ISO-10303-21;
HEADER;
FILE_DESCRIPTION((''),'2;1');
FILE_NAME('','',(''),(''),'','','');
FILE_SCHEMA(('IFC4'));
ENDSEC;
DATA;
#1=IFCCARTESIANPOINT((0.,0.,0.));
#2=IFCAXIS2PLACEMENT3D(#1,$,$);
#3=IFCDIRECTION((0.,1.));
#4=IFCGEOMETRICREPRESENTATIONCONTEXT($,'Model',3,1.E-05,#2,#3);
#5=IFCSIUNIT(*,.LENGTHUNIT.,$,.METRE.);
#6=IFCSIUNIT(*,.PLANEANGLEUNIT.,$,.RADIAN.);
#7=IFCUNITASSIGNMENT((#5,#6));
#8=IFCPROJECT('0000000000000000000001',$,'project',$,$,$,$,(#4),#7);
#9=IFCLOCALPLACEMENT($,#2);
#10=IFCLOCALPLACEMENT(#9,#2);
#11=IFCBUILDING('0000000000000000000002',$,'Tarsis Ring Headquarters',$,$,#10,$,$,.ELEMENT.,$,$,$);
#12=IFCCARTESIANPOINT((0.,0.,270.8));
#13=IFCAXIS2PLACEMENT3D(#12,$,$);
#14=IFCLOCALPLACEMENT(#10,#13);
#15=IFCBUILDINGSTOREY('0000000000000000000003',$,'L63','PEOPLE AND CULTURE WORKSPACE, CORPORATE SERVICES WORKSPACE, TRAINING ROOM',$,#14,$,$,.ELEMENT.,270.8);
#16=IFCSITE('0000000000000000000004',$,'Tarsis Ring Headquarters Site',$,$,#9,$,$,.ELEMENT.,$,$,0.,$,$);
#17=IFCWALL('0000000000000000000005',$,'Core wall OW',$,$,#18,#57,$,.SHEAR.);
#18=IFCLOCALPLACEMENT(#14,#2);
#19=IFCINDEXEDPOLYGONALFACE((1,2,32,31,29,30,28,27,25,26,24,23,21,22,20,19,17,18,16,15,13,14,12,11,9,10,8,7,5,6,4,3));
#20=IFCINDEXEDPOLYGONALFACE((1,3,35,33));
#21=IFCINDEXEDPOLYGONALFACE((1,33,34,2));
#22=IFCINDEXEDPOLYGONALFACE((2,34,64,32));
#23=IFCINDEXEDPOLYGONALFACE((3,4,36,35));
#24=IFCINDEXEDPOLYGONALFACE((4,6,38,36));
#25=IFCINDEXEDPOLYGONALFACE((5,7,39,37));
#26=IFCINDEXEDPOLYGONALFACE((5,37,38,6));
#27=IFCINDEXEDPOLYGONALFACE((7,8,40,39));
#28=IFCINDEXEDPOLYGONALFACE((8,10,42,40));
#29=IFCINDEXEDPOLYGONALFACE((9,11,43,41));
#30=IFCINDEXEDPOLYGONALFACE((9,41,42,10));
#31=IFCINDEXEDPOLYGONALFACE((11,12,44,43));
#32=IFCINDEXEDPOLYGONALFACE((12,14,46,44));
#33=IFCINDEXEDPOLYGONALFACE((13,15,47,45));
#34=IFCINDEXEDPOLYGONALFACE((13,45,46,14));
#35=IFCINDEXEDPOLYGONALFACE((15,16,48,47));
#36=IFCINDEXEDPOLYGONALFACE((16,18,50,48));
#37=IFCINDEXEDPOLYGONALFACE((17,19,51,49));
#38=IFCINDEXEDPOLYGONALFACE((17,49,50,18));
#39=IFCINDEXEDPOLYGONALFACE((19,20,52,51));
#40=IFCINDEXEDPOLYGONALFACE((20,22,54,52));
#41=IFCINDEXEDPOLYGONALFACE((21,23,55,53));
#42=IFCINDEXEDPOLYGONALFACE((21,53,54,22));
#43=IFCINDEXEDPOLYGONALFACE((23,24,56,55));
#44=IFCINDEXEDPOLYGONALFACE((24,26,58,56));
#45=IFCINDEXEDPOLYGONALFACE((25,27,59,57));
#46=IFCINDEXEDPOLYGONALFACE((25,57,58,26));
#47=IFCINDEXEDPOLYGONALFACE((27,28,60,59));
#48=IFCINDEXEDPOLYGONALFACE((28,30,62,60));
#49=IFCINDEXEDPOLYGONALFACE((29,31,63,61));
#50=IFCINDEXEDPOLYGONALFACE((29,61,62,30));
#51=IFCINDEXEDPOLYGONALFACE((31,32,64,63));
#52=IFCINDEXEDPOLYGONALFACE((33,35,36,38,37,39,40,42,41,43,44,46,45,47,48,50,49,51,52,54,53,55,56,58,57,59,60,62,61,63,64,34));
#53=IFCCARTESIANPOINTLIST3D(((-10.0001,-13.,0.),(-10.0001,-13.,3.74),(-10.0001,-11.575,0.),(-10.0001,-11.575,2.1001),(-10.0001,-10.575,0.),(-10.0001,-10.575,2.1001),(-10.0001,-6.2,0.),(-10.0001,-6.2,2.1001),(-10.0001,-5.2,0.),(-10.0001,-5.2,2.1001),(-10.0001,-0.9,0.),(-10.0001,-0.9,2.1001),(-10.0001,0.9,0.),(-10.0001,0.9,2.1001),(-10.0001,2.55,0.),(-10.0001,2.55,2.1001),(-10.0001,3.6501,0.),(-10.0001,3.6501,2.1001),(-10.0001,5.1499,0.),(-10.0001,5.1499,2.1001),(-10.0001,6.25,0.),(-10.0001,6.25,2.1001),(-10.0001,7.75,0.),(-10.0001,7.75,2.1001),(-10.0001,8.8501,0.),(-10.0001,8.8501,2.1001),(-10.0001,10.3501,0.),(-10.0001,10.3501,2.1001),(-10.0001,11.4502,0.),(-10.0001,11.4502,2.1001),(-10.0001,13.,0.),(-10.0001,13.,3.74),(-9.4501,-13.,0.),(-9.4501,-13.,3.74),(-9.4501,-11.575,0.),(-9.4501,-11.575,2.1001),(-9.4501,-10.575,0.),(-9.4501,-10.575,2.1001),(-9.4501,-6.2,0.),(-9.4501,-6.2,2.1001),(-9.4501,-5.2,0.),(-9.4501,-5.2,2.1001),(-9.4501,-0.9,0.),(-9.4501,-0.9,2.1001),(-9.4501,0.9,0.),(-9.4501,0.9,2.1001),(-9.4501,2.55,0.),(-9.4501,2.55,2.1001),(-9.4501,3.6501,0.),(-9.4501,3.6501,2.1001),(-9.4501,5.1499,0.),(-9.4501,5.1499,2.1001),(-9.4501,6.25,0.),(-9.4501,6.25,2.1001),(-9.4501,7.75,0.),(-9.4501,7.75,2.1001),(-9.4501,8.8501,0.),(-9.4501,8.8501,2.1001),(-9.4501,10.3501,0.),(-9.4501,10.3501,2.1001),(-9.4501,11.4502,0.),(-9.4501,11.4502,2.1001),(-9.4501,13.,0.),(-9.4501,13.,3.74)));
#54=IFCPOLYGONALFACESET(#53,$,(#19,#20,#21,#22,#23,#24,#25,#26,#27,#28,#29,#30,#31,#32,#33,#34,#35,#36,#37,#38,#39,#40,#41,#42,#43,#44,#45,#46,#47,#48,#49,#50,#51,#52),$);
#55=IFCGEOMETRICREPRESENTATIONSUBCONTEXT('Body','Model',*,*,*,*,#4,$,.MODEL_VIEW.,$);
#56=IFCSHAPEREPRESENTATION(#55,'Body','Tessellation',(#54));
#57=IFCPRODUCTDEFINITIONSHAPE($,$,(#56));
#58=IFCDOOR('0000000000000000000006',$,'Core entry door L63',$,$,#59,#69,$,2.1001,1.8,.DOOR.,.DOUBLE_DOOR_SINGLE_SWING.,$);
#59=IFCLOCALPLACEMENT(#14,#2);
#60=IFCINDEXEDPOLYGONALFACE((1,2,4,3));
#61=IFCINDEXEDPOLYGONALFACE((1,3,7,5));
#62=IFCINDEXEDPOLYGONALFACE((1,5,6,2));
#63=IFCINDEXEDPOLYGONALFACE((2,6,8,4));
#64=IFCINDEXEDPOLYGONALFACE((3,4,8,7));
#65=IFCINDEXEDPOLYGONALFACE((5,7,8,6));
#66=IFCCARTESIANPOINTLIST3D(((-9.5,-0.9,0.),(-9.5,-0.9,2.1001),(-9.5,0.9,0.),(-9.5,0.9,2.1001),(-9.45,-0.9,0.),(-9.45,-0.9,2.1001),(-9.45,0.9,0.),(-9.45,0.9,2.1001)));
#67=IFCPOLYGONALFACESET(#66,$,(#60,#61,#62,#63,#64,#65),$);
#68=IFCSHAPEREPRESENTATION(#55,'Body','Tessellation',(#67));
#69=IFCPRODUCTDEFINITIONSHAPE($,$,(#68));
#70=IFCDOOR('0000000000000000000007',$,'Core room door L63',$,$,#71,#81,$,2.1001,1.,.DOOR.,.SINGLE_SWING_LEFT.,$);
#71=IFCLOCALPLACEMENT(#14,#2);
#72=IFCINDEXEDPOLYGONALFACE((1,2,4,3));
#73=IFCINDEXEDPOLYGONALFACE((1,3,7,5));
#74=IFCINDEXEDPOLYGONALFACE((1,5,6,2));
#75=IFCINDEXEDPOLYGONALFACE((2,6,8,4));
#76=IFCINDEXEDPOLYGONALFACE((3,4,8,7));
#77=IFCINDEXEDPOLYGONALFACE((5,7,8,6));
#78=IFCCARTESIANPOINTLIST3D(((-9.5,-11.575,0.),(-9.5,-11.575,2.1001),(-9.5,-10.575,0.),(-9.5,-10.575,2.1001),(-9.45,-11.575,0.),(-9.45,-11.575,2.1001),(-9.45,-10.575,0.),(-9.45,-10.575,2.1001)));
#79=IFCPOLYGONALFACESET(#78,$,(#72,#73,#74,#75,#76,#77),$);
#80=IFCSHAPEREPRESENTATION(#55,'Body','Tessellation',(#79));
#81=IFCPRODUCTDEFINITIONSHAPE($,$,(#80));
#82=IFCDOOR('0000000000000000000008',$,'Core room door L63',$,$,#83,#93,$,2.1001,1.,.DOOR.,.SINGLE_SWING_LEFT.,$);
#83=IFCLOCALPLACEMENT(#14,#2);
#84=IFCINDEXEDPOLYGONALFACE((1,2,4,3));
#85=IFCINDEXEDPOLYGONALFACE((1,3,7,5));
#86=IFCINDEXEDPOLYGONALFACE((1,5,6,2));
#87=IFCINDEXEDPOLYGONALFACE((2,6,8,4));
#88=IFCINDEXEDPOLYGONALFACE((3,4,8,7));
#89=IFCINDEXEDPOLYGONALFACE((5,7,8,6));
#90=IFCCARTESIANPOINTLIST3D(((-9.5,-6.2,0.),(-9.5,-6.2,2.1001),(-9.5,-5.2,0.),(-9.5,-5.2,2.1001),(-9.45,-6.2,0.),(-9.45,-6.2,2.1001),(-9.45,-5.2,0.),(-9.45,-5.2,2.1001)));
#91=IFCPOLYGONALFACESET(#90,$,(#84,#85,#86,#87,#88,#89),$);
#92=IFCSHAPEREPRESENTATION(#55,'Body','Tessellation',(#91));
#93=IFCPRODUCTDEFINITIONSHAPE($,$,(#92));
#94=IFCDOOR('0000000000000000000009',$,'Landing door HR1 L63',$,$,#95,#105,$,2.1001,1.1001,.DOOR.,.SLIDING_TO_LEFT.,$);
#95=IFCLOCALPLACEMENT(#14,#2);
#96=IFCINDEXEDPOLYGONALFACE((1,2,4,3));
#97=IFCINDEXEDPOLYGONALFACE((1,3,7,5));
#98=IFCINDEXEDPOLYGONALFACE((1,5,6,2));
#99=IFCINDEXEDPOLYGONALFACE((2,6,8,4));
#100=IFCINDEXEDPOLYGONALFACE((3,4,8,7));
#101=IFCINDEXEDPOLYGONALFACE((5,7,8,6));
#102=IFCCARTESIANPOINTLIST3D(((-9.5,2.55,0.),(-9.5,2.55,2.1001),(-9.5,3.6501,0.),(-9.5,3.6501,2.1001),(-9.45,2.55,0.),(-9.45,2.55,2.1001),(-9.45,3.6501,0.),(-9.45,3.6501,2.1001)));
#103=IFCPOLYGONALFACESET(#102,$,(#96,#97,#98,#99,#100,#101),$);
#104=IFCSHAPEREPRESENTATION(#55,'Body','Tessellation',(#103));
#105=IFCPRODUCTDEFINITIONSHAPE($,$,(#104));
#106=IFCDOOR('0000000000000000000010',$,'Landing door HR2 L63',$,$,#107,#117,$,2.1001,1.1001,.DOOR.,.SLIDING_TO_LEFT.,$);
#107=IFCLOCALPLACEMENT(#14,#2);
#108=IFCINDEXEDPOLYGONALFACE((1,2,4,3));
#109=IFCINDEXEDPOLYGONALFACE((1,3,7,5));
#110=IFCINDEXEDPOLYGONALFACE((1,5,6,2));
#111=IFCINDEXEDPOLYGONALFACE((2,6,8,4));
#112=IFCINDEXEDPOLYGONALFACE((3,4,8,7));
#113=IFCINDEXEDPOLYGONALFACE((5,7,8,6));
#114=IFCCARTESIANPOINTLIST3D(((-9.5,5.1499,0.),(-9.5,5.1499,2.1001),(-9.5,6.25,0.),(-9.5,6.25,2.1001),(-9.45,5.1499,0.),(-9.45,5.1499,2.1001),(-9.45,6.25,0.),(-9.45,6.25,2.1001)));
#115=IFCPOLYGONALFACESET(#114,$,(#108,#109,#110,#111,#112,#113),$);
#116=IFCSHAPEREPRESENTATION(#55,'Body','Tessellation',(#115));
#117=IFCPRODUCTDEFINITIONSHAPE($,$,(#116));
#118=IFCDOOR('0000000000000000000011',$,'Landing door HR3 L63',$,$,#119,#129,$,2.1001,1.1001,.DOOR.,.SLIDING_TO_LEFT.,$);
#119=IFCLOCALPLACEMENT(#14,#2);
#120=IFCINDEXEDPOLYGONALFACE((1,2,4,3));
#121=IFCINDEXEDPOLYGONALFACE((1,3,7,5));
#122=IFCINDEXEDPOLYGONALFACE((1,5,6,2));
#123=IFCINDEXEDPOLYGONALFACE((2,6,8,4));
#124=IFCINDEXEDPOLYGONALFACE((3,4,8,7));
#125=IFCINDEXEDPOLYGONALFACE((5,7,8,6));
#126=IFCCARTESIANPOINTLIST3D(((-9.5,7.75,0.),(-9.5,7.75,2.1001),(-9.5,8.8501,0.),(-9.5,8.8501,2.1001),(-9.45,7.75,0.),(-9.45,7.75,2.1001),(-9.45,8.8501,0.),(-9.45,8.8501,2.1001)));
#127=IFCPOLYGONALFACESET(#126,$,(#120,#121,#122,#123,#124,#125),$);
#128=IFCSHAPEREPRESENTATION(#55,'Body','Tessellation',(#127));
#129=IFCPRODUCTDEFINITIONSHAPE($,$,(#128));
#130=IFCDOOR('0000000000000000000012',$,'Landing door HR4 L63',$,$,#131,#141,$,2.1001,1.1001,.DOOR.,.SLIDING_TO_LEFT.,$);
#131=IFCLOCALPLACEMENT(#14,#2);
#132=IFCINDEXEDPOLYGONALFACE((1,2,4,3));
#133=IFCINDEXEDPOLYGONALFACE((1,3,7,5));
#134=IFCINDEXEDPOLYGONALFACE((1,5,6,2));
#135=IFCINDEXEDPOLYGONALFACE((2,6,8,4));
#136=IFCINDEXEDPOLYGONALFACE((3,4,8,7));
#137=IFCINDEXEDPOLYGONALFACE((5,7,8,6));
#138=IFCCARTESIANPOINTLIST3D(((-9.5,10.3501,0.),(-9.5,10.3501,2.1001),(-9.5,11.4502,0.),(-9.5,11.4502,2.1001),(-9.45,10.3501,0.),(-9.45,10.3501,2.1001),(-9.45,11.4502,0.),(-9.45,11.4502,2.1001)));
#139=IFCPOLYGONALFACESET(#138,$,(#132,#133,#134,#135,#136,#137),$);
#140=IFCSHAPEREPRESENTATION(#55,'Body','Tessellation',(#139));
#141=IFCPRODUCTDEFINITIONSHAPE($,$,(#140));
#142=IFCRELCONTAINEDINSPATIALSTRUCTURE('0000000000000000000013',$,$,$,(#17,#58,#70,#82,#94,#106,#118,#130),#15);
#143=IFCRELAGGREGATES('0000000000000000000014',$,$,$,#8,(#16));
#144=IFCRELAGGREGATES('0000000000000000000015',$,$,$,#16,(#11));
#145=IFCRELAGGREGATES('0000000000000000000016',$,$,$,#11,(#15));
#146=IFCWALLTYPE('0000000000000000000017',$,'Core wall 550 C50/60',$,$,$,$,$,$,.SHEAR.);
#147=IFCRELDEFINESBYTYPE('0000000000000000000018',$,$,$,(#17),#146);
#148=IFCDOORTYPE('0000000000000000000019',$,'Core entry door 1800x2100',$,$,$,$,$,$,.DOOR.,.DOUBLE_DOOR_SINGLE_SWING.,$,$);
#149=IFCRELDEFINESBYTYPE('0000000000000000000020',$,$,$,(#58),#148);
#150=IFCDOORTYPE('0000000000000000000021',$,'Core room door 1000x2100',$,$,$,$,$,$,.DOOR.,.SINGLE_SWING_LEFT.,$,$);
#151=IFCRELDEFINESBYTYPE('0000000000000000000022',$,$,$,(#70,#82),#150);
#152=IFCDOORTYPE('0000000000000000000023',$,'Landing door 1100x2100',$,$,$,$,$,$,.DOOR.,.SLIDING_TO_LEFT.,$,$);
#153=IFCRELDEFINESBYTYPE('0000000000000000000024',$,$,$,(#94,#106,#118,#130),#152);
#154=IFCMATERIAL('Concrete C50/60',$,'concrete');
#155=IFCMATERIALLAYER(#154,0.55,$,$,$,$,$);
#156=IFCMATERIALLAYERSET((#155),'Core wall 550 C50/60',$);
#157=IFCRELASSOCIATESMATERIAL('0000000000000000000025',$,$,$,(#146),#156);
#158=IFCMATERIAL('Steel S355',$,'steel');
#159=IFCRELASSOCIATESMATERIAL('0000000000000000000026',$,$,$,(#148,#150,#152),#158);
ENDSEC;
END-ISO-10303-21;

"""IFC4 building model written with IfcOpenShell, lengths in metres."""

from ifc_helpers import new_model, si_unit, direction, frame, frame_2d, origin, place, context, subcontext, project, spatial, rectangle, extrude, material, layer, layer_set, type_object, element, fill, save


model = new_model("IFC4")

# Units and contexts
model_context = context("Model", 3, precision=1e-05, world=origin(), true_north=direction((0.0, 1.0)))
body_context = subcontext(model_context, "Body", "Model", "MODEL_VIEW")
ifc_project = project(units=[si_unit("LENGTHUNIT", "METRE"), si_unit("PLANEANGLEUNIT", "RADIAN")], contexts=[model_context])

# Site, building, storey
site_placement = place(None, origin())
site = spatial("IfcSite", under=ifc_project, at=site_placement, Name="Tarsis Ring Headquarters Site", CompositionType="ELEMENT", RefElevation=0.0)
building_placement = place(site_placement, origin())
building = spatial("IfcBuilding", under=site, at=building_placement, Name="Tarsis Ring Headquarters", CompositionType="ELEMENT")
storey_placement = place(building_placement, frame((0.0, 0.0, 270.8)))
storey = spatial("IfcBuildingStorey", under=building, at=storey_placement, Name="L63", Description="PEOPLE AND CULTURE WORKSPACE, CORPORATE SERVICES WORKSPACE, TRAINING ROOM", CompositionType="ELEMENT", Elevation=270.8)

# Wall, openings, doors
ifc_material_1 = material(Name="Concrete C50/60", Category="concrete")
ifc_layer_1 = layer(ifc_material_1, 0.55)
ifc_layer_set_1 = layer_set([ifc_layer_1], Name="Core wall 550 C50/60")
wall_type_1 = type_object("IfcWallType", Name="Core wall 550 C50/60", PredefinedType="SHEAR", material=ifc_layer_set_1)
wall_1_placement = place(storey_placement, frame((-9.7251, -13.0, 0.0), z_axis=(0.0, 0.0, 1.0), x_axis=(0.0, 1.0, 0.0)))
wall_1 = element("IfcWall", 1, at=wall_1_placement, inside=storey, type_object=wall_type_1, Name="Core wall OW", PredefinedType="SHEAR", context=body_context, shape_type="SweptSolid", body=[
    extrude(rectangle(XDim=26.0, YDim=0.55, at=frame_2d((13.0, 0.0))), origin(), (0.0, 0.0, 1.0), 3.74),
])
opening_1_placement = place(wall_1_placement, frame((1.425, 0.0, 0.0)))
opening_1 = element("IfcOpeningElement", 2, at=opening_1_placement, cuts=wall_1, PredefinedType="OPENING", context=body_context, shape_type="SweptSolid", body=[
    extrude(rectangle(XDim=1.0, YDim=2.1001, at=frame_2d((0.5, 1.05))), frame((0.0, 0.2849, 0.0), z_axis=(0.0, -1.0, 0.0), x_axis=(1.0, 0.0, 0.0)), (0.0, 0.0, 1.0), 0.5701),
])
opening_2_placement = place(wall_1_placement, frame((6.8, 0.0, 0.0)))
opening_2 = element("IfcOpeningElement", 3, at=opening_2_placement, cuts=wall_1, PredefinedType="OPENING", context=body_context, shape_type="SweptSolid", body=[
    extrude(rectangle(XDim=1.0, YDim=2.1001, at=frame_2d((0.5, 1.05))), frame((0.0, 0.2849, 0.0), z_axis=(0.0, -1.0, 0.0), x_axis=(1.0, 0.0, 0.0)), (0.0, 0.0, 1.0), 0.5701),
])
opening_3_placement = place(wall_1_placement, frame((12.1001, 0.0, 0.0)))
opening_3 = element("IfcOpeningElement", 4, at=opening_3_placement, cuts=wall_1, PredefinedType="OPENING", context=body_context, shape_type="SweptSolid", body=[
    extrude(rectangle(XDim=1.8, YDim=2.1001, at=frame_2d((0.8999, 1.05))), frame((0.0, 0.2849, 0.0), z_axis=(0.0, -1.0, 0.0), x_axis=(1.0, 0.0, 0.0)), (0.0, 0.0, 1.0), 0.5701),
])
opening_4_placement = place(wall_1_placement, frame((15.55, 0.0, 0.0)))
opening_4 = element("IfcOpeningElement", 5, at=opening_4_placement, cuts=wall_1, PredefinedType="OPENING", context=body_context, shape_type="SweptSolid", body=[
    extrude(rectangle(XDim=1.1001, YDim=2.1001, at=frame_2d((0.55, 1.05))), frame((0.0, 0.2849, 0.0), z_axis=(0.0, -1.0, 0.0), x_axis=(1.0, 0.0, 0.0)), (0.0, 0.0, 1.0), 0.5701),
])
opening_5_placement = place(wall_1_placement, frame((18.1499, 0.0, 0.0)))
opening_5 = element("IfcOpeningElement", 6, at=opening_5_placement, cuts=wall_1, PredefinedType="OPENING", context=body_context, shape_type="SweptSolid", body=[
    extrude(rectangle(XDim=1.1001, YDim=2.1001, at=frame_2d((0.55, 1.05))), frame((0.0, 0.2849, 0.0), z_axis=(0.0, -1.0, 0.0), x_axis=(1.0, 0.0, 0.0)), (0.0, 0.0, 1.0), 0.5701),
])
opening_6_placement = place(wall_1_placement, frame((20.75, 0.0, 0.0)))
opening_6 = element("IfcOpeningElement", 7, at=opening_6_placement, cuts=wall_1, PredefinedType="OPENING", context=body_context, shape_type="SweptSolid", body=[
    extrude(rectangle(XDim=1.1001, YDim=2.1001, at=frame_2d((0.55, 1.05))), frame((0.0, 0.2849, 0.0), z_axis=(0.0, -1.0, 0.0), x_axis=(1.0, 0.0, 0.0)), (0.0, 0.0, 1.0), 0.5701),
])
opening_7_placement = place(wall_1_placement, frame((23.3501, 0.0, 0.0)))
opening_7 = element("IfcOpeningElement", 8, at=opening_7_placement, cuts=wall_1, PredefinedType="OPENING", context=body_context, shape_type="SweptSolid", body=[
    extrude(rectangle(XDim=1.1001, YDim=2.1001, at=frame_2d((0.55, 1.05))), frame((0.0, 0.2849, 0.0), z_axis=(0.0, -1.0, 0.0), x_axis=(1.0, 0.0, 0.0)), (0.0, 0.0, 1.0), 0.5701),
])
ifc_material_2 = material(Name="Steel S355", Category="steel")
door_type_1 = type_object("IfcDoorType", Name="Core entry door 1800x2100", OperationType="DOUBLE_DOOR_SINGLE_SWING", PredefinedType="DOOR", material=ifc_material_2)
door_1_placement = place(opening_3_placement, origin())
door_1 = element("IfcDoor", 9, at=door_1_placement, inside=storey, type_object=door_type_1, Name="Core entry door L63", OperationType="DOUBLE_DOOR_SINGLE_SWING", OverallHeight=2.1001, OverallWidth=1.8, PredefinedType="DOOR", context=body_context, shape_type="SweptSolid", body=[
    extrude(rectangle(XDim=1.8, YDim=2.1001, at=frame_2d((0.8999, 1.05))), frame((0.0, -0.2251, 0.0), z_axis=(0.0, -1.0, 0.0), x_axis=(1.0, 0.0, 0.0)), (0.0, 0.0, 1.0), 0.05),
])
fill(opening_3, door_1)
door_type_2 = type_object("IfcDoorType", Name="Core room door 1000x2100", OperationType="SINGLE_SWING_LEFT", PredefinedType="DOOR", material=ifc_material_2)
door_2_placement = place(opening_1_placement, origin())
door_2 = element("IfcDoor", 10, at=door_2_placement, inside=storey, type_object=door_type_2, Name="Core room door L63", OperationType="SINGLE_SWING_LEFT", OverallHeight=2.1001, OverallWidth=1.0, PredefinedType="DOOR", context=body_context, shape_type="SweptSolid", body=[
    extrude(rectangle(XDim=1.0, YDim=2.1001, at=frame_2d((0.5, 1.05))), frame((0.0, -0.2251, 0.0), z_axis=(0.0, -1.0, 0.0), x_axis=(1.0, 0.0, 0.0)), (0.0, 0.0, 1.0), 0.05),
])
fill(opening_1, door_2)
door_3_placement = place(opening_2_placement, origin())
door_3 = element("IfcDoor", 11, at=door_3_placement, inside=storey, type_object=door_type_2, Name="Core room door L63", OperationType="SINGLE_SWING_LEFT", OverallHeight=2.1001, OverallWidth=1.0, PredefinedType="DOOR", context=body_context, shape_type="SweptSolid", body=[
    extrude(rectangle(XDim=1.0, YDim=2.1001, at=frame_2d((0.5, 1.05))), frame((0.0, -0.2251, 0.0), z_axis=(0.0, -1.0, 0.0), x_axis=(1.0, 0.0, 0.0)), (0.0, 0.0, 1.0), 0.05),
])
fill(opening_2, door_3)
door_type_3 = type_object("IfcDoorType", Name="Landing door 1100x2100", OperationType="SLIDING_TO_LEFT", PredefinedType="DOOR", material=ifc_material_2)
door_4_placement = place(opening_4_placement, origin())
door_4 = element("IfcDoor", 12, at=door_4_placement, inside=storey, type_object=door_type_3, Name="Landing door HR1 L63", OperationType="SLIDING_TO_LEFT", OverallHeight=2.1001, OverallWidth=1.1001, PredefinedType="DOOR", context=body_context, shape_type="SweptSolid", body=[
    extrude(rectangle(XDim=1.1001, YDim=2.1001, at=frame_2d((0.55, 1.05))), frame((0.0, -0.2251, 0.0), z_axis=(0.0, -1.0, 0.0), x_axis=(1.0, 0.0, 0.0)), (0.0, 0.0, 1.0), 0.05),
])
fill(opening_4, door_4)
door_5_placement = place(opening_5_placement, origin())
door_5 = element("IfcDoor", 13, at=door_5_placement, inside=storey, type_object=door_type_3, Name="Landing door HR2 L63", OperationType="SLIDING_TO_LEFT", OverallHeight=2.1001, OverallWidth=1.1001, PredefinedType="DOOR", context=body_context, shape_type="SweptSolid", body=[
    extrude(rectangle(XDim=1.1001, YDim=2.1001, at=frame_2d((0.55, 1.05))), frame((0.0, -0.2251, 0.0), z_axis=(0.0, -1.0, 0.0), x_axis=(1.0, 0.0, 0.0)), (0.0, 0.0, 1.0), 0.05),
])
fill(opening_5, door_5)
door_6_placement = place(opening_6_placement, origin())
door_6 = element("IfcDoor", 14, at=door_6_placement, inside=storey, type_object=door_type_3, Name="Landing door HR3 L63", OperationType="SLIDING_TO_LEFT", OverallHeight=2.1001, OverallWidth=1.1001, PredefinedType="DOOR", context=body_context, shape_type="SweptSolid", body=[
    extrude(rectangle(XDim=1.1001, YDim=2.1001, at=frame_2d((0.55, 1.05))), frame((0.0, -0.2251, 0.0), z_axis=(0.0, -1.0, 0.0), x_axis=(1.0, 0.0, 0.0)), (0.0, 0.0, 1.0), 0.05),
])
fill(opening_6, door_6)
door_7_placement = place(opening_7_placement, origin())
door_7 = element("IfcDoor", 15, at=door_7_placement, inside=storey, type_object=door_type_3, Name="Landing door HR4 L63", OperationType="SLIDING_TO_LEFT", OverallHeight=2.1001, OverallWidth=1.1001, PredefinedType="DOOR", context=body_context, shape_type="SweptSolid", body=[
    extrude(rectangle(XDim=1.1001, YDim=2.1001, at=frame_2d((0.55, 1.05))), frame((0.0, -0.2251, 0.0), z_axis=(0.0, -1.0, 0.0), x_axis=(1.0, 0.0, 0.0)), (0.0, 0.0, 1.0), 0.05),
])
fill(opening_7, door_7)

save(model, "model.ifc")
